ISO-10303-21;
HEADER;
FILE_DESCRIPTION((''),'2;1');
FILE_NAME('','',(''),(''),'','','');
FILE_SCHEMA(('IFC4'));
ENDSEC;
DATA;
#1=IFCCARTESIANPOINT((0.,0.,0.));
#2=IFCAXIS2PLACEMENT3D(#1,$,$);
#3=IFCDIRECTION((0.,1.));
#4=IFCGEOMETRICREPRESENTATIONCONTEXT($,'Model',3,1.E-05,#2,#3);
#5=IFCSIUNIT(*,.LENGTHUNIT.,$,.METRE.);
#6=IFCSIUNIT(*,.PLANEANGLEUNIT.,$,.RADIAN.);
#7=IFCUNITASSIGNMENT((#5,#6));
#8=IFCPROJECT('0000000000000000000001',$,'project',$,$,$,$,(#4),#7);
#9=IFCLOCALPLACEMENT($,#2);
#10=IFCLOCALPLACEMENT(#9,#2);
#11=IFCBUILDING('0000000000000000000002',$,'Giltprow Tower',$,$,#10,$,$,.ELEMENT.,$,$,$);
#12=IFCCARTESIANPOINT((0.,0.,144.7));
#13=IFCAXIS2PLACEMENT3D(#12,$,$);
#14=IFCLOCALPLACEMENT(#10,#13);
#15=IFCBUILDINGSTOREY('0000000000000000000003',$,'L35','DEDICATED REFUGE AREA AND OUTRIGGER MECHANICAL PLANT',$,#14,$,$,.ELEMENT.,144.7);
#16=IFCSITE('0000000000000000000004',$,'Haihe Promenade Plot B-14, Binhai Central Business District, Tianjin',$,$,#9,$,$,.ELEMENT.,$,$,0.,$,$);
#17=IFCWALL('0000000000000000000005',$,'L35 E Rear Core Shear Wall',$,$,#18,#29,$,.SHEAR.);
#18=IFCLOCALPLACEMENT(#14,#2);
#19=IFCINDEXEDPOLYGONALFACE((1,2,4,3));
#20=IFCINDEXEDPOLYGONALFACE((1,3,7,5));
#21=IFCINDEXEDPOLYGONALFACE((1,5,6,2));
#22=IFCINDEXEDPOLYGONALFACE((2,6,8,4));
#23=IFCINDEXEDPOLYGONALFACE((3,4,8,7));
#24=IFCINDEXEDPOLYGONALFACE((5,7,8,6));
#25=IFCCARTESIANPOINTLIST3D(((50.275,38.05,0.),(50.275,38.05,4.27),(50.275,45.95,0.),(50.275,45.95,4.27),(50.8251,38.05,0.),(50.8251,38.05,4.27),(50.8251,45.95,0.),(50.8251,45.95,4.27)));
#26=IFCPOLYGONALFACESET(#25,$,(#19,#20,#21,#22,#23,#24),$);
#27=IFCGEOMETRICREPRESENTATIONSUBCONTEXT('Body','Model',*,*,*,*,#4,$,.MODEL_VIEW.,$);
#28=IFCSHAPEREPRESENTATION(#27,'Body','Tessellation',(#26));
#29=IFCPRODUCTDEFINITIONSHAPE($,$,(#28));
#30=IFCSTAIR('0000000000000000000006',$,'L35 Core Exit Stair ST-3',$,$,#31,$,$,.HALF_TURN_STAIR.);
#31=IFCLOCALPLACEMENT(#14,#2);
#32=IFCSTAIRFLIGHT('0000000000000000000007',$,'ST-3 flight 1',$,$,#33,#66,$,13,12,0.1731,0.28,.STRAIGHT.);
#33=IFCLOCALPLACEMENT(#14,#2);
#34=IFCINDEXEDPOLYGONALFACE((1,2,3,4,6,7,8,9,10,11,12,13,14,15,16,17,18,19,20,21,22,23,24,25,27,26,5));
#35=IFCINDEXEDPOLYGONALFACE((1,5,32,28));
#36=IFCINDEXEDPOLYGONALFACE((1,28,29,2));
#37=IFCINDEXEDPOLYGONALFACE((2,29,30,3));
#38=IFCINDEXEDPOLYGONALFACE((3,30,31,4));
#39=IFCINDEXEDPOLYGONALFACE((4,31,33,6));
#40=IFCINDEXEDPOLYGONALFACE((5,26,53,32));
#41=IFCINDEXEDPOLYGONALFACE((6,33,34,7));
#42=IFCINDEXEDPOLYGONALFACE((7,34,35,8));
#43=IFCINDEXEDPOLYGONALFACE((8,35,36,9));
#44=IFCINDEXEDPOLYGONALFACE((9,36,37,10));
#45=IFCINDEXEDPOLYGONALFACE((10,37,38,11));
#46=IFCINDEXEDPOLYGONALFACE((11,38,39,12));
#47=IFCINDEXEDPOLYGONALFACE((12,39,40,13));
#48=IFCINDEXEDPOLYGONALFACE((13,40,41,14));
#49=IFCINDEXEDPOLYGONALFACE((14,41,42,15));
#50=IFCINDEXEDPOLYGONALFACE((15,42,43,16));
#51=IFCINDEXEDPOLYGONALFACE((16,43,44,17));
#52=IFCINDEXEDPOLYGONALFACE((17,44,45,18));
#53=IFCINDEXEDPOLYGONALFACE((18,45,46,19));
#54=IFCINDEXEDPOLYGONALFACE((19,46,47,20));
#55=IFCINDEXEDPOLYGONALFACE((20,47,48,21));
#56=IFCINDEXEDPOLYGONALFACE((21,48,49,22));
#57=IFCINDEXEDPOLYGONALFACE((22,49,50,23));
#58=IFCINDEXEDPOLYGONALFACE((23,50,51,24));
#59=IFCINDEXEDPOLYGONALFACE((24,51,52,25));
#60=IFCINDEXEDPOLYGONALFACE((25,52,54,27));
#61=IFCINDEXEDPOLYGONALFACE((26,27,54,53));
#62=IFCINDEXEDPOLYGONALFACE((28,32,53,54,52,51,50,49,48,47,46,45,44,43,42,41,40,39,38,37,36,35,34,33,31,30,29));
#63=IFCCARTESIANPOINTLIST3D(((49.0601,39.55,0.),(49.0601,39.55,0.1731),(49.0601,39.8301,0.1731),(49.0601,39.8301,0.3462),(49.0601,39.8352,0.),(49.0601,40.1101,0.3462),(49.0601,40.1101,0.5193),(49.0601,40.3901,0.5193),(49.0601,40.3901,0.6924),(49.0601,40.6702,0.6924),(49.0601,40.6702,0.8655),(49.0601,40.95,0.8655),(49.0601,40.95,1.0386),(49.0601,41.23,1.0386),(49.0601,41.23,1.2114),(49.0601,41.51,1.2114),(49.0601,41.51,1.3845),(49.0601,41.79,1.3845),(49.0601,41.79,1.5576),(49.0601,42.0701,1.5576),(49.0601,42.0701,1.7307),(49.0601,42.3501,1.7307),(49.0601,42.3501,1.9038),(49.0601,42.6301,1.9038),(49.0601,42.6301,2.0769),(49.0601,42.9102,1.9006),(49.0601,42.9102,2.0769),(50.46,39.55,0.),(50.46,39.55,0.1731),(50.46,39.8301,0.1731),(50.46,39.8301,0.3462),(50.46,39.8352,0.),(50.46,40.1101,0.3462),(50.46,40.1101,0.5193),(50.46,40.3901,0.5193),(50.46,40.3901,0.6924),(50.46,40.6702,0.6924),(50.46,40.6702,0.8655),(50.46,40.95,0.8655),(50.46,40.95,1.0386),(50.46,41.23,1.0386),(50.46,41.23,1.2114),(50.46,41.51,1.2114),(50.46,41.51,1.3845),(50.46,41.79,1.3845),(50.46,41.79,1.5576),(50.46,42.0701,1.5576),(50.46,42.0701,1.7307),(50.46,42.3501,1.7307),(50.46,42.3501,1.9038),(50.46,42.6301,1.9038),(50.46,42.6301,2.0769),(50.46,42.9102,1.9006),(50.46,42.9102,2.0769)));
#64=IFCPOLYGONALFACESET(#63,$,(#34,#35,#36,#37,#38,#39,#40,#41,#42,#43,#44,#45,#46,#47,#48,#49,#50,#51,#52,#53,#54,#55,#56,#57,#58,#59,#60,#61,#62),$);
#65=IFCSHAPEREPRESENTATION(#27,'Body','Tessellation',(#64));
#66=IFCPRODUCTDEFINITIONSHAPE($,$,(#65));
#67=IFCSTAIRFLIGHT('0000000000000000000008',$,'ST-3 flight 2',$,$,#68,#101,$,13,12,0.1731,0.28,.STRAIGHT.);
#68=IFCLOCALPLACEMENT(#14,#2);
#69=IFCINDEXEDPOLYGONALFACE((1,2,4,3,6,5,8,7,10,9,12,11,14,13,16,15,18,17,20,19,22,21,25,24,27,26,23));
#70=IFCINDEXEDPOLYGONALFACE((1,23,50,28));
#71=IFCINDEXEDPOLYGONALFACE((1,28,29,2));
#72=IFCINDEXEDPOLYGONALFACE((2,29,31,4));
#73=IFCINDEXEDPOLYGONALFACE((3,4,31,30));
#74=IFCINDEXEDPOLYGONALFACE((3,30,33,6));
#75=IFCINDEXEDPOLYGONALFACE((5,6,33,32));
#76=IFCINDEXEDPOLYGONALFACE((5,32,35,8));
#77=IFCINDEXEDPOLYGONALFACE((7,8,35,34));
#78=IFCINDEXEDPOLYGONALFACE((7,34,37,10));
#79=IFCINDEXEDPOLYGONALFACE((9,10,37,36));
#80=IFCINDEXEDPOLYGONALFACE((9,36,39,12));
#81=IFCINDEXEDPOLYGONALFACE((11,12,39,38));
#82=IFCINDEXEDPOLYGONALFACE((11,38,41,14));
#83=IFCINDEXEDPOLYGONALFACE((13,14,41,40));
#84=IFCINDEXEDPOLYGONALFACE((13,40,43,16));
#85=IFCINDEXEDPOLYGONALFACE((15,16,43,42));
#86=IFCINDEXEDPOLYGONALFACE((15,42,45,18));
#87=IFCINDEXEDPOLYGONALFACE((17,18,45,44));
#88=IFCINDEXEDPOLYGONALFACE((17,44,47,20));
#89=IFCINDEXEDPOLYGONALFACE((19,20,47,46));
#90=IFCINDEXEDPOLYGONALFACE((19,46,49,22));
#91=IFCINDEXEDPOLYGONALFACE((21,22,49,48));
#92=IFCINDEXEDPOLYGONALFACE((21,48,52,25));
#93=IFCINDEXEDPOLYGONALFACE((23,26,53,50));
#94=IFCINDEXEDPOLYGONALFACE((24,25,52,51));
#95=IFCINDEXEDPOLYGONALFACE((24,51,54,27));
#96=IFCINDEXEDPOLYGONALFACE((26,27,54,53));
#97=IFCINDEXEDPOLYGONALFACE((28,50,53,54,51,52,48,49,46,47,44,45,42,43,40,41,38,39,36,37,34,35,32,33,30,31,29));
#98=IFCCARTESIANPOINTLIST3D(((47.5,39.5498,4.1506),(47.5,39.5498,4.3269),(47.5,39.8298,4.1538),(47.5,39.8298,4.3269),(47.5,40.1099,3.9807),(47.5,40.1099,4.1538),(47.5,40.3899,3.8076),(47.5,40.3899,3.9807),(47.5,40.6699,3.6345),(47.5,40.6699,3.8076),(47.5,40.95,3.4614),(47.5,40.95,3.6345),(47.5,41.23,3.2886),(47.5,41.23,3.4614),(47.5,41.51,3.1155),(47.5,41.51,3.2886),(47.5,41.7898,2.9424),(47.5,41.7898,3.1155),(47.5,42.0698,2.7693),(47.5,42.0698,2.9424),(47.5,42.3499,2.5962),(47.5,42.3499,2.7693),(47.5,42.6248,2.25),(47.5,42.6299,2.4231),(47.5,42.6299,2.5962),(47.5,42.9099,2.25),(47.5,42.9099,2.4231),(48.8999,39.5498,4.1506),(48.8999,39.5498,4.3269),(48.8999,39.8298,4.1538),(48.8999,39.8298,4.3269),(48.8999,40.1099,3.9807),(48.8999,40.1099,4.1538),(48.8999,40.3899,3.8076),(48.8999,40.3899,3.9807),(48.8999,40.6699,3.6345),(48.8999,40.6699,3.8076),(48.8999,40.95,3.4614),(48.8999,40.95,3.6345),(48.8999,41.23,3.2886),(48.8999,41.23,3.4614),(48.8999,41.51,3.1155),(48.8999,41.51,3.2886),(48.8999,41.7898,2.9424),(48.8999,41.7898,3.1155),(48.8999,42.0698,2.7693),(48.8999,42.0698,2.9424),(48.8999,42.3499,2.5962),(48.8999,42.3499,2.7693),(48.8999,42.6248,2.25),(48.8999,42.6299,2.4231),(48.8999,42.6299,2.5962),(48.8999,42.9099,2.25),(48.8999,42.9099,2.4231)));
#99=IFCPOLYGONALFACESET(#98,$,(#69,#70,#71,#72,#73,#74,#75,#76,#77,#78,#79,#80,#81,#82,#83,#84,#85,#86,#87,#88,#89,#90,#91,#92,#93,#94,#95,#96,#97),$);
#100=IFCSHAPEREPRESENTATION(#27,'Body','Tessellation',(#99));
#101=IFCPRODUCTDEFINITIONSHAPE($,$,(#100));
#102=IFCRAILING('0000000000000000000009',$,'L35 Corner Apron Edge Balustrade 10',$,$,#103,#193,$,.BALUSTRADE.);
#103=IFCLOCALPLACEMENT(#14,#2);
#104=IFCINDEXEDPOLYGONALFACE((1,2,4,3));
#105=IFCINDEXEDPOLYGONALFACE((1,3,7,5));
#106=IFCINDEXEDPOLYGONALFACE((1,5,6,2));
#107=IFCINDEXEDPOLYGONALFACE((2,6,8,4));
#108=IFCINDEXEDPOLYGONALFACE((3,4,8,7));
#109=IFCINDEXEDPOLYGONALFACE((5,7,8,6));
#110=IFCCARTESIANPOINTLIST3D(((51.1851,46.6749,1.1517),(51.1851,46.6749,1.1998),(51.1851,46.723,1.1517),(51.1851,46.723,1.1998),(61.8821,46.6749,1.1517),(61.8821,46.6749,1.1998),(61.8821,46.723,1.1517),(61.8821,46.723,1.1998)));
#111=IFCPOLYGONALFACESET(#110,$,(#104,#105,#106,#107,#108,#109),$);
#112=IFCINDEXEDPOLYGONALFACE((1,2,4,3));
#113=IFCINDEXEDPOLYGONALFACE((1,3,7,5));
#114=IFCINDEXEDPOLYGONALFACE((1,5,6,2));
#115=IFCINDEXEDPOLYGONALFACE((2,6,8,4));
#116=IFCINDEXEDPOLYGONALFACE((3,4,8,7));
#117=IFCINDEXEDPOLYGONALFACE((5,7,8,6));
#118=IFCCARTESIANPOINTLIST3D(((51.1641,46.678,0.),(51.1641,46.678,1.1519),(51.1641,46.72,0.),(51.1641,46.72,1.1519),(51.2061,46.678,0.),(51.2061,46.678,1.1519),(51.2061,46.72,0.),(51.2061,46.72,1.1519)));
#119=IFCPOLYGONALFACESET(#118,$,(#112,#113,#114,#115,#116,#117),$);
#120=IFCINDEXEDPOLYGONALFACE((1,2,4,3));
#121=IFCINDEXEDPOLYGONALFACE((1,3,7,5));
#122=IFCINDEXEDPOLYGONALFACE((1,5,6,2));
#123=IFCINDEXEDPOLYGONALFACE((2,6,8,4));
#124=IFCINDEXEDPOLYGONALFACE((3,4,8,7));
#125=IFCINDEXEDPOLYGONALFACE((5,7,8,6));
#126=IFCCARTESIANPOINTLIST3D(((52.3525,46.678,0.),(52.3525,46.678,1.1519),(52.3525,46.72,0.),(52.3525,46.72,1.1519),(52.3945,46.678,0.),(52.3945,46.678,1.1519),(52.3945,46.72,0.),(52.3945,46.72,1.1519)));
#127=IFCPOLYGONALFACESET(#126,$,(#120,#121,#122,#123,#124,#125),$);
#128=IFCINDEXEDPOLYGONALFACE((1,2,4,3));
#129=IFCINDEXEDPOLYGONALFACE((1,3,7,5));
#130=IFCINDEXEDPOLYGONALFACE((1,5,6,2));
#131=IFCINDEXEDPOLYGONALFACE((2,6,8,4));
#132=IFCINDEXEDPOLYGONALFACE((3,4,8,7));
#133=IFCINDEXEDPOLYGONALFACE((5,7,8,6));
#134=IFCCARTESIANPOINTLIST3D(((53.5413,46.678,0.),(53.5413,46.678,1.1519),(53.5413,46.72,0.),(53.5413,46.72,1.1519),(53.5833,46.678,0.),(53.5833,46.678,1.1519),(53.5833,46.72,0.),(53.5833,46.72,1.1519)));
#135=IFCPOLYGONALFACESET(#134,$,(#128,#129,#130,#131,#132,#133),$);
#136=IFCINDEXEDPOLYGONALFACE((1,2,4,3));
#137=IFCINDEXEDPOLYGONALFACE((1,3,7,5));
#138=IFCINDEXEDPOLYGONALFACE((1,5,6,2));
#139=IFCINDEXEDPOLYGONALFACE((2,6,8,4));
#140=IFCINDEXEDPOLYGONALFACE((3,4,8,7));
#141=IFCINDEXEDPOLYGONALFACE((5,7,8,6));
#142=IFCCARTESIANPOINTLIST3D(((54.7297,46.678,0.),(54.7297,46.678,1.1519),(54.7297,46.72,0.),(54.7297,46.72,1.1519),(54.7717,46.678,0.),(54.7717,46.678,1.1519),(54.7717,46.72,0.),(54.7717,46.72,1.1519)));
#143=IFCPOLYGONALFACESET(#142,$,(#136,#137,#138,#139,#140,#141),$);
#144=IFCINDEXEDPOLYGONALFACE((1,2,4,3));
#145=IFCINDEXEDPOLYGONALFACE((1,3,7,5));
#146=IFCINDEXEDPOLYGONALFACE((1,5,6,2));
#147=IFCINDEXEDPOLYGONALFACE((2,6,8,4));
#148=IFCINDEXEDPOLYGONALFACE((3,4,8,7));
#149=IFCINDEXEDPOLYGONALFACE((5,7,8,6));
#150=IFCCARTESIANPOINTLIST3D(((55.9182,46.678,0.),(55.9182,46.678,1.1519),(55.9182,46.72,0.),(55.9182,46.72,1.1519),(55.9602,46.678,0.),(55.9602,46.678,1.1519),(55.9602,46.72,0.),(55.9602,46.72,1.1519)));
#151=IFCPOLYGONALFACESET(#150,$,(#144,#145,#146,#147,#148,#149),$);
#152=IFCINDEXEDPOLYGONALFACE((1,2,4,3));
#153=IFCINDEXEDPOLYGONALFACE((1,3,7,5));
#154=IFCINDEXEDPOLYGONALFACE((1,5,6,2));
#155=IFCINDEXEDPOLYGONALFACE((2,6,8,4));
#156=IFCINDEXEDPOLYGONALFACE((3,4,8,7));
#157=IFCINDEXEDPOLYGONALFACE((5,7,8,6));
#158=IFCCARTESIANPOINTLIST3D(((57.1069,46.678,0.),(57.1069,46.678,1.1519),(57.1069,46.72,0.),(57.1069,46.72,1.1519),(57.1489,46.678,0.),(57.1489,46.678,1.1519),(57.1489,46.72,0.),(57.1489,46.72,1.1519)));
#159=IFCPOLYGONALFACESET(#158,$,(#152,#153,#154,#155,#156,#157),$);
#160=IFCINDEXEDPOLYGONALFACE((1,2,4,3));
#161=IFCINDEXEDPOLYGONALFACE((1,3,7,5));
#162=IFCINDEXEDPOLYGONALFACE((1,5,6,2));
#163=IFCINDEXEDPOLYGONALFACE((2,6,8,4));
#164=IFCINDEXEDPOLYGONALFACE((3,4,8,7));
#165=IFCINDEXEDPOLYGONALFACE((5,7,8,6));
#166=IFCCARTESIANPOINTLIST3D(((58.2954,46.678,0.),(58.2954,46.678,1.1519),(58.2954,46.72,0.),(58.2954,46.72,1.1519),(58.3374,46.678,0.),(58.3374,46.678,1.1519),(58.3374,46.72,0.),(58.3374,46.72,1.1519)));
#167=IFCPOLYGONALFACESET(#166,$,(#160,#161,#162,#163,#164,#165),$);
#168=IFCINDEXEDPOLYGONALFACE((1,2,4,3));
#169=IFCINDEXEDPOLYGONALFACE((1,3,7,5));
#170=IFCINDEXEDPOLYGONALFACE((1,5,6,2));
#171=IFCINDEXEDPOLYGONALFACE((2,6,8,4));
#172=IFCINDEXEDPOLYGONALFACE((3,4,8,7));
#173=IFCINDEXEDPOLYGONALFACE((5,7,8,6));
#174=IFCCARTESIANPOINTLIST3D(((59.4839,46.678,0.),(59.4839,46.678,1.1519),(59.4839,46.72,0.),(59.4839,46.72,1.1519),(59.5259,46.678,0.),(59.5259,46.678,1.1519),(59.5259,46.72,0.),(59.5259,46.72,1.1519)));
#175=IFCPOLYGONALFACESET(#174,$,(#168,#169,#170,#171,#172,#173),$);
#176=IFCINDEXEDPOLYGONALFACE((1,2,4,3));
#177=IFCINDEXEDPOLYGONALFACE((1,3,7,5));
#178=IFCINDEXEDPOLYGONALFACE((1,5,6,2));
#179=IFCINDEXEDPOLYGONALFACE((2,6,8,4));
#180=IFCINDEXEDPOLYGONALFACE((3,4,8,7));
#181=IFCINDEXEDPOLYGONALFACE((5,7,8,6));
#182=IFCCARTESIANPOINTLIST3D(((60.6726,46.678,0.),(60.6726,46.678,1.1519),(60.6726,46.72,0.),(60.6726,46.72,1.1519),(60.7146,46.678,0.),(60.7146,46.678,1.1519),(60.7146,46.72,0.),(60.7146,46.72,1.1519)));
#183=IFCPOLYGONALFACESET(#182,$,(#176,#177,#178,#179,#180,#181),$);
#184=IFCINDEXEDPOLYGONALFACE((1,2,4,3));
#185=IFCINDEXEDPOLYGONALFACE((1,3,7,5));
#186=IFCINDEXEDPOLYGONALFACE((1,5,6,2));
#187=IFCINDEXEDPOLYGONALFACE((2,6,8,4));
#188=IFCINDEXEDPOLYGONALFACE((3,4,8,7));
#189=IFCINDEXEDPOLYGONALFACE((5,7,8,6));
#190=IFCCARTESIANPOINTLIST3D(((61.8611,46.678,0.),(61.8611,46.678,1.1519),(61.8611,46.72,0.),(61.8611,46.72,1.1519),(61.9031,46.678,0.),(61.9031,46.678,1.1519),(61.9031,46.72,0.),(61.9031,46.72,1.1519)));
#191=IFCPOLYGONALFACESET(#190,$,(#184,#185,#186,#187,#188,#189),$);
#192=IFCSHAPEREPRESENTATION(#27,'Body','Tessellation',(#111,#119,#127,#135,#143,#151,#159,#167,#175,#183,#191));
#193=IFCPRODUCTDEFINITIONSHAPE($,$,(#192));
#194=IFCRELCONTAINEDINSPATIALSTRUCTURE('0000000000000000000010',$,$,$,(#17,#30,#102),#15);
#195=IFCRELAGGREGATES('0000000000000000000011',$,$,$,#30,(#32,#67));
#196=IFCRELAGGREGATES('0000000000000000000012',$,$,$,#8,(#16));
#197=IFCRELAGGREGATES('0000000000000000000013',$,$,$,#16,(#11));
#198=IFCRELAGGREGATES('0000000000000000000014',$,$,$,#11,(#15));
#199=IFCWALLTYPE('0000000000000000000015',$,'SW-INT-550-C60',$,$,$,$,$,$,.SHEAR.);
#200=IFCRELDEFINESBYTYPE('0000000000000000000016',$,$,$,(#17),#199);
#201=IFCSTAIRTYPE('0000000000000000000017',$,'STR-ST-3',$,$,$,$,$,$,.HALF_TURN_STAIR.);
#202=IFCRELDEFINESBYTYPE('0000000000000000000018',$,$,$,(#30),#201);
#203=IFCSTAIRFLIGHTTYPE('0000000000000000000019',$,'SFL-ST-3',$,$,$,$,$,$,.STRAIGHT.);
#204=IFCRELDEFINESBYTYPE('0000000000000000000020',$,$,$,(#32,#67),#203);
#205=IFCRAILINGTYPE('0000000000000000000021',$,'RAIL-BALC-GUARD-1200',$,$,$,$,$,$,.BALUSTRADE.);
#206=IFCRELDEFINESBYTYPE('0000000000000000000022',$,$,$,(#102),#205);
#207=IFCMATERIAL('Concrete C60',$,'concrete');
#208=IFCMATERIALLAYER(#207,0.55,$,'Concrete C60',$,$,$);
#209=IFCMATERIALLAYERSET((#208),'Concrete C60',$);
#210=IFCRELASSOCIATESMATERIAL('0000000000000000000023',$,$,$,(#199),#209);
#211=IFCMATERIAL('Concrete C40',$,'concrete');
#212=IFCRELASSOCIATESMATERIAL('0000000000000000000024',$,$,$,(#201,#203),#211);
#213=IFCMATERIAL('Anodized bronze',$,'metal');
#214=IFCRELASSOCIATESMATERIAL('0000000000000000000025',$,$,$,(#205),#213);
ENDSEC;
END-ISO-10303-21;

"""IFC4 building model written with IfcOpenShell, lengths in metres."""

from ifc_helpers import new_model, si_unit, direction, frame, frame_2d, origin, origin_2d, place, context, subcontext, project, spatial, polyline, rectangle, outline, extrude, material, layer, layer_set, type_object, element, aggregate, save


model = new_model("IFC4")

# Units and contexts
model_context = context("Model", 3, precision=1e-05, world=origin(), true_north=direction((0.0, 1.0)))
body_context = subcontext(model_context, "Body", "Model", "MODEL_VIEW")
ifc_project = project(units=[si_unit("LENGTHUNIT", "METRE"), si_unit("PLANEANGLEUNIT", "RADIAN")], contexts=[model_context])

# Site, building, storey
site_placement = place(None, origin())
site = spatial("IfcSite", under=ifc_project, at=site_placement, Name="Haihe Promenade Plot B-14, Binhai Central Business District, Tianjin", CompositionType="ELEMENT", RefElevation=0.0)
building_placement = place(site_placement, origin())
building = spatial("IfcBuilding", under=site, at=building_placement, Name="Giltprow Tower", CompositionType="ELEMENT")
storey_placement = place(building_placement, frame((0.0, 0.0, 144.7)))
storey = spatial("IfcBuildingStorey", under=building, at=storey_placement, Name="L35", Description="DEDICATED REFUGE AREA AND OUTRIGGER MECHANICAL PLANT", CompositionType="ELEMENT", Elevation=144.7)

# Shared definitions
ifc_material_1 = material(Name="Concrete C60", Category="concrete")

# Wall
ifc_material_2 = material(Name="Concrete C40", Category="concrete")
ifc_layer_1 = layer(ifc_material_1, 0.55, Name="Concrete C60")
ifc_layer_set_1 = layer_set([ifc_layer_1], Name="Concrete C60")
wall_type_1 = type_object("IfcWallType", Name="SW-INT-550-C60", PredefinedType="SHEAR", material=ifc_layer_set_1)
wall_1_placement = place(storey_placement, frame((50.55, 38.05, 0.0), z_axis=(0.0, 0.0, 1.0), x_axis=(0.0, 1.0, 0.0)))
element("IfcWall", 1, at=wall_1_placement, inside=storey, type_object=wall_type_1, Name="L35 E Rear Core Shear Wall", PredefinedType="SHEAR", context=body_context, shape_type="SweptSolid", body=[
    extrude(rectangle(XDim=7.8999, YDim=0.55, at=frame_2d((3.95, 0.0))), origin(), (0.0, 0.0, 1.0), 4.27),
])

# Stair, stair flights
stair_type = type_object("IfcStairType", Name="STR-ST-3", PredefinedType="HALF_TURN_STAIR", material=ifc_material_2)
stair_placement = place(storey_placement, origin())
stair = element("IfcStair", 2, at=stair_placement, inside=storey, type_object=stair_type, Name="L35 Core Exit Stair ST-3", PredefinedType="HALF_TURN_STAIR")
stair_flight_type = type_object("IfcStairFlightType", Name="SFL-ST-3", PredefinedType="STRAIGHT", material=ifc_material_2)
stair_flight_1_placement = place(storey_placement, frame((49.76, 39.55, 0.0), z_axis=(0.0, 0.0, 1.0), x_axis=(0.0, 1.0, 0.0)))
stair_flight_1 = element("IfcStairFlight", 3, at=stair_flight_1_placement, type_object=stair_flight_type, Name="ST-3 flight 1", NumberOfRisers=13, NumberOfTreads=12, PredefinedType="STRAIGHT", RiserHeight=0.1731, TreadLength=0.28, context=body_context, shape_type="SweptSolid", body=[
    extrude(outline(polyline([(0.0, 0.0), (0.0, 0.1731), (0.28, 0.1731), (0.28, 0.3462), (0.5601, 0.3462), (0.5601, 0.5193), (0.8401, 0.5193), (0.8401, 0.6924), (1.1201, 0.6924), (1.1201, 0.8655), (1.3999, 0.8655), (1.3999, 1.0386), (1.6799, 1.0386), (1.6799, 1.2114), (1.96, 1.2114), (1.96, 1.3845), (2.24, 1.3845), (2.24, 1.5576), (2.52, 1.5576), (2.52, 1.7307), (2.8, 1.7307), (2.8, 1.9038), (3.0801, 1.9038), (3.0801, 2.0769), (3.3601, 2.0769), (3.3601, 2.25), (3.3601, 1.9006), (0.2852, 0.0), (0.0, 0.0)])), frame((0.0, 0.7, 0.0), z_axis=(0.0, -1.0, 0.0), x_axis=(1.0, 0.0, 0.0)), (0.0, 0.0, 1.0), 1.3999),
])
stair_flight_2_placement = place(storey_placement, frame((48.2, 42.9099, 2.25), z_axis=(0.0, 0.0, 1.0), x_axis=(0.0, -1.0, 0.0)))
stair_flight_2 = element("IfcStairFlight", 4, at=stair_flight_2_placement, type_object=stair_flight_type, Name="ST-3 flight 2", NumberOfRisers=13, NumberOfTreads=12, PredefinedType="STRAIGHT", RiserHeight=0.1731, TreadLength=0.28, context=body_context, shape_type="SweptSolid", body=[
    extrude(outline(polyline([(0.0, 0.0), (0.0, 0.1731), (0.28, 0.1731), (0.28, 0.3462), (0.5601, 0.3462), (0.5601, 0.5193), (0.8401, 0.5193), (0.8401, 0.6924), (1.1201, 0.6924), (1.1201, 0.8655), (1.3999, 0.8655), (1.3999, 1.0386), (1.6799, 1.0386), (1.6799, 1.2114), (1.96, 1.2114), (1.96, 1.3845), (2.24, 1.3845), (2.24, 1.5576), (2.52, 1.5576), (2.52, 1.7307), (2.8, 1.7307), (2.8, 1.9038), (3.0801, 1.9038), (3.0801, 2.0769), (3.3601, 2.0769), (3.3601, 2.25), (3.3601, 1.9006), (0.2852, 0.0), (0.0, 0.0)])), frame((0.0, 0.7, 0.0), z_axis=(0.0, -1.0, 0.0), x_axis=(1.0, 0.0, 0.0)), (0.0, 0.0, 1.0), 1.3999),
])
aggregate(stair, [stair_flight_1, stair_flight_2])

# Railing
ifc_material_3 = material(Name="Anodized bronze", Category="metal")
railing_type_1 = type_object("IfcRailingType", Name="RAIL-BALC-GUARD-1200", PredefinedType="BALUSTRADE", material=ifc_material_3)
railing_1_placement = place(storey_placement, frame((51.1851, 46.699, 0.0)))
element("IfcRailing", 5, at=railing_1_placement, inside=storey, type_object=railing_type_1, Name="L35 Corner Apron Edge Balustrade 10", PredefinedType="BALUSTRADE", context=body_context, shape_type="SweptSolid", body=[
    extrude(rectangle(XDim=0.0481, YDim=0.0481, at=origin_2d()), frame((0.0, 0.0, 1.1758), z_axis=(1.0, 0.0, 0.0), x_axis=(0.0, 1.0, 0.0)), (0.0, 0.0, 1.0), 10.697),
    extrude(rectangle(XDim=0.042, YDim=0.042, at=origin_2d()), origin(), (0.0, 0.0, 1.0), 1.1519),
    extrude(rectangle(XDim=0.042, YDim=0.042, at=origin_2d()), frame((1.1885, 0.0, 0.0)), (0.0, 0.0, 1.0), 1.1519),
    extrude(rectangle(XDim=0.042, YDim=0.042, at=origin_2d()), frame((2.3772, 0.0, 0.0)), (0.0, 0.0, 1.0), 1.1519),
    extrude(rectangle(XDim=0.042, YDim=0.042, at=origin_2d()), frame((3.5657, 0.0, 0.0)), (0.0, 0.0, 1.0), 1.1519),
    extrude(rectangle(XDim=0.042, YDim=0.042, at=origin_2d()), frame((4.7542, 0.0, 0.0)), (0.0, 0.0, 1.0), 1.1519),
    extrude(rectangle(XDim=0.042, YDim=0.042, at=origin_2d()), frame((5.9429, 0.0, 0.0)), (0.0, 0.0, 1.0), 1.1519),
    extrude(rectangle(XDim=0.042, YDim=0.042, at=origin_2d()), frame((7.1313, 0.0, 0.0)), (0.0, 0.0, 1.0), 1.1519),
    extrude(rectangle(XDim=0.042, YDim=0.042, at=origin_2d()), frame((8.3198, 0.0, 0.0)), (0.0, 0.0, 1.0), 1.1519),
    extrude(rectangle(XDim=0.042, YDim=0.042, at=origin_2d()), frame((9.5085, 0.0, 0.0)), (0.0, 0.0, 1.0), 1.1519),
    extrude(rectangle(XDim=0.042, YDim=0.042, at=origin_2d()), frame((10.697, 0.0, 0.0)), (0.0, 0.0, 1.0), 1.1519),
])

save(model, "model.ifc")
